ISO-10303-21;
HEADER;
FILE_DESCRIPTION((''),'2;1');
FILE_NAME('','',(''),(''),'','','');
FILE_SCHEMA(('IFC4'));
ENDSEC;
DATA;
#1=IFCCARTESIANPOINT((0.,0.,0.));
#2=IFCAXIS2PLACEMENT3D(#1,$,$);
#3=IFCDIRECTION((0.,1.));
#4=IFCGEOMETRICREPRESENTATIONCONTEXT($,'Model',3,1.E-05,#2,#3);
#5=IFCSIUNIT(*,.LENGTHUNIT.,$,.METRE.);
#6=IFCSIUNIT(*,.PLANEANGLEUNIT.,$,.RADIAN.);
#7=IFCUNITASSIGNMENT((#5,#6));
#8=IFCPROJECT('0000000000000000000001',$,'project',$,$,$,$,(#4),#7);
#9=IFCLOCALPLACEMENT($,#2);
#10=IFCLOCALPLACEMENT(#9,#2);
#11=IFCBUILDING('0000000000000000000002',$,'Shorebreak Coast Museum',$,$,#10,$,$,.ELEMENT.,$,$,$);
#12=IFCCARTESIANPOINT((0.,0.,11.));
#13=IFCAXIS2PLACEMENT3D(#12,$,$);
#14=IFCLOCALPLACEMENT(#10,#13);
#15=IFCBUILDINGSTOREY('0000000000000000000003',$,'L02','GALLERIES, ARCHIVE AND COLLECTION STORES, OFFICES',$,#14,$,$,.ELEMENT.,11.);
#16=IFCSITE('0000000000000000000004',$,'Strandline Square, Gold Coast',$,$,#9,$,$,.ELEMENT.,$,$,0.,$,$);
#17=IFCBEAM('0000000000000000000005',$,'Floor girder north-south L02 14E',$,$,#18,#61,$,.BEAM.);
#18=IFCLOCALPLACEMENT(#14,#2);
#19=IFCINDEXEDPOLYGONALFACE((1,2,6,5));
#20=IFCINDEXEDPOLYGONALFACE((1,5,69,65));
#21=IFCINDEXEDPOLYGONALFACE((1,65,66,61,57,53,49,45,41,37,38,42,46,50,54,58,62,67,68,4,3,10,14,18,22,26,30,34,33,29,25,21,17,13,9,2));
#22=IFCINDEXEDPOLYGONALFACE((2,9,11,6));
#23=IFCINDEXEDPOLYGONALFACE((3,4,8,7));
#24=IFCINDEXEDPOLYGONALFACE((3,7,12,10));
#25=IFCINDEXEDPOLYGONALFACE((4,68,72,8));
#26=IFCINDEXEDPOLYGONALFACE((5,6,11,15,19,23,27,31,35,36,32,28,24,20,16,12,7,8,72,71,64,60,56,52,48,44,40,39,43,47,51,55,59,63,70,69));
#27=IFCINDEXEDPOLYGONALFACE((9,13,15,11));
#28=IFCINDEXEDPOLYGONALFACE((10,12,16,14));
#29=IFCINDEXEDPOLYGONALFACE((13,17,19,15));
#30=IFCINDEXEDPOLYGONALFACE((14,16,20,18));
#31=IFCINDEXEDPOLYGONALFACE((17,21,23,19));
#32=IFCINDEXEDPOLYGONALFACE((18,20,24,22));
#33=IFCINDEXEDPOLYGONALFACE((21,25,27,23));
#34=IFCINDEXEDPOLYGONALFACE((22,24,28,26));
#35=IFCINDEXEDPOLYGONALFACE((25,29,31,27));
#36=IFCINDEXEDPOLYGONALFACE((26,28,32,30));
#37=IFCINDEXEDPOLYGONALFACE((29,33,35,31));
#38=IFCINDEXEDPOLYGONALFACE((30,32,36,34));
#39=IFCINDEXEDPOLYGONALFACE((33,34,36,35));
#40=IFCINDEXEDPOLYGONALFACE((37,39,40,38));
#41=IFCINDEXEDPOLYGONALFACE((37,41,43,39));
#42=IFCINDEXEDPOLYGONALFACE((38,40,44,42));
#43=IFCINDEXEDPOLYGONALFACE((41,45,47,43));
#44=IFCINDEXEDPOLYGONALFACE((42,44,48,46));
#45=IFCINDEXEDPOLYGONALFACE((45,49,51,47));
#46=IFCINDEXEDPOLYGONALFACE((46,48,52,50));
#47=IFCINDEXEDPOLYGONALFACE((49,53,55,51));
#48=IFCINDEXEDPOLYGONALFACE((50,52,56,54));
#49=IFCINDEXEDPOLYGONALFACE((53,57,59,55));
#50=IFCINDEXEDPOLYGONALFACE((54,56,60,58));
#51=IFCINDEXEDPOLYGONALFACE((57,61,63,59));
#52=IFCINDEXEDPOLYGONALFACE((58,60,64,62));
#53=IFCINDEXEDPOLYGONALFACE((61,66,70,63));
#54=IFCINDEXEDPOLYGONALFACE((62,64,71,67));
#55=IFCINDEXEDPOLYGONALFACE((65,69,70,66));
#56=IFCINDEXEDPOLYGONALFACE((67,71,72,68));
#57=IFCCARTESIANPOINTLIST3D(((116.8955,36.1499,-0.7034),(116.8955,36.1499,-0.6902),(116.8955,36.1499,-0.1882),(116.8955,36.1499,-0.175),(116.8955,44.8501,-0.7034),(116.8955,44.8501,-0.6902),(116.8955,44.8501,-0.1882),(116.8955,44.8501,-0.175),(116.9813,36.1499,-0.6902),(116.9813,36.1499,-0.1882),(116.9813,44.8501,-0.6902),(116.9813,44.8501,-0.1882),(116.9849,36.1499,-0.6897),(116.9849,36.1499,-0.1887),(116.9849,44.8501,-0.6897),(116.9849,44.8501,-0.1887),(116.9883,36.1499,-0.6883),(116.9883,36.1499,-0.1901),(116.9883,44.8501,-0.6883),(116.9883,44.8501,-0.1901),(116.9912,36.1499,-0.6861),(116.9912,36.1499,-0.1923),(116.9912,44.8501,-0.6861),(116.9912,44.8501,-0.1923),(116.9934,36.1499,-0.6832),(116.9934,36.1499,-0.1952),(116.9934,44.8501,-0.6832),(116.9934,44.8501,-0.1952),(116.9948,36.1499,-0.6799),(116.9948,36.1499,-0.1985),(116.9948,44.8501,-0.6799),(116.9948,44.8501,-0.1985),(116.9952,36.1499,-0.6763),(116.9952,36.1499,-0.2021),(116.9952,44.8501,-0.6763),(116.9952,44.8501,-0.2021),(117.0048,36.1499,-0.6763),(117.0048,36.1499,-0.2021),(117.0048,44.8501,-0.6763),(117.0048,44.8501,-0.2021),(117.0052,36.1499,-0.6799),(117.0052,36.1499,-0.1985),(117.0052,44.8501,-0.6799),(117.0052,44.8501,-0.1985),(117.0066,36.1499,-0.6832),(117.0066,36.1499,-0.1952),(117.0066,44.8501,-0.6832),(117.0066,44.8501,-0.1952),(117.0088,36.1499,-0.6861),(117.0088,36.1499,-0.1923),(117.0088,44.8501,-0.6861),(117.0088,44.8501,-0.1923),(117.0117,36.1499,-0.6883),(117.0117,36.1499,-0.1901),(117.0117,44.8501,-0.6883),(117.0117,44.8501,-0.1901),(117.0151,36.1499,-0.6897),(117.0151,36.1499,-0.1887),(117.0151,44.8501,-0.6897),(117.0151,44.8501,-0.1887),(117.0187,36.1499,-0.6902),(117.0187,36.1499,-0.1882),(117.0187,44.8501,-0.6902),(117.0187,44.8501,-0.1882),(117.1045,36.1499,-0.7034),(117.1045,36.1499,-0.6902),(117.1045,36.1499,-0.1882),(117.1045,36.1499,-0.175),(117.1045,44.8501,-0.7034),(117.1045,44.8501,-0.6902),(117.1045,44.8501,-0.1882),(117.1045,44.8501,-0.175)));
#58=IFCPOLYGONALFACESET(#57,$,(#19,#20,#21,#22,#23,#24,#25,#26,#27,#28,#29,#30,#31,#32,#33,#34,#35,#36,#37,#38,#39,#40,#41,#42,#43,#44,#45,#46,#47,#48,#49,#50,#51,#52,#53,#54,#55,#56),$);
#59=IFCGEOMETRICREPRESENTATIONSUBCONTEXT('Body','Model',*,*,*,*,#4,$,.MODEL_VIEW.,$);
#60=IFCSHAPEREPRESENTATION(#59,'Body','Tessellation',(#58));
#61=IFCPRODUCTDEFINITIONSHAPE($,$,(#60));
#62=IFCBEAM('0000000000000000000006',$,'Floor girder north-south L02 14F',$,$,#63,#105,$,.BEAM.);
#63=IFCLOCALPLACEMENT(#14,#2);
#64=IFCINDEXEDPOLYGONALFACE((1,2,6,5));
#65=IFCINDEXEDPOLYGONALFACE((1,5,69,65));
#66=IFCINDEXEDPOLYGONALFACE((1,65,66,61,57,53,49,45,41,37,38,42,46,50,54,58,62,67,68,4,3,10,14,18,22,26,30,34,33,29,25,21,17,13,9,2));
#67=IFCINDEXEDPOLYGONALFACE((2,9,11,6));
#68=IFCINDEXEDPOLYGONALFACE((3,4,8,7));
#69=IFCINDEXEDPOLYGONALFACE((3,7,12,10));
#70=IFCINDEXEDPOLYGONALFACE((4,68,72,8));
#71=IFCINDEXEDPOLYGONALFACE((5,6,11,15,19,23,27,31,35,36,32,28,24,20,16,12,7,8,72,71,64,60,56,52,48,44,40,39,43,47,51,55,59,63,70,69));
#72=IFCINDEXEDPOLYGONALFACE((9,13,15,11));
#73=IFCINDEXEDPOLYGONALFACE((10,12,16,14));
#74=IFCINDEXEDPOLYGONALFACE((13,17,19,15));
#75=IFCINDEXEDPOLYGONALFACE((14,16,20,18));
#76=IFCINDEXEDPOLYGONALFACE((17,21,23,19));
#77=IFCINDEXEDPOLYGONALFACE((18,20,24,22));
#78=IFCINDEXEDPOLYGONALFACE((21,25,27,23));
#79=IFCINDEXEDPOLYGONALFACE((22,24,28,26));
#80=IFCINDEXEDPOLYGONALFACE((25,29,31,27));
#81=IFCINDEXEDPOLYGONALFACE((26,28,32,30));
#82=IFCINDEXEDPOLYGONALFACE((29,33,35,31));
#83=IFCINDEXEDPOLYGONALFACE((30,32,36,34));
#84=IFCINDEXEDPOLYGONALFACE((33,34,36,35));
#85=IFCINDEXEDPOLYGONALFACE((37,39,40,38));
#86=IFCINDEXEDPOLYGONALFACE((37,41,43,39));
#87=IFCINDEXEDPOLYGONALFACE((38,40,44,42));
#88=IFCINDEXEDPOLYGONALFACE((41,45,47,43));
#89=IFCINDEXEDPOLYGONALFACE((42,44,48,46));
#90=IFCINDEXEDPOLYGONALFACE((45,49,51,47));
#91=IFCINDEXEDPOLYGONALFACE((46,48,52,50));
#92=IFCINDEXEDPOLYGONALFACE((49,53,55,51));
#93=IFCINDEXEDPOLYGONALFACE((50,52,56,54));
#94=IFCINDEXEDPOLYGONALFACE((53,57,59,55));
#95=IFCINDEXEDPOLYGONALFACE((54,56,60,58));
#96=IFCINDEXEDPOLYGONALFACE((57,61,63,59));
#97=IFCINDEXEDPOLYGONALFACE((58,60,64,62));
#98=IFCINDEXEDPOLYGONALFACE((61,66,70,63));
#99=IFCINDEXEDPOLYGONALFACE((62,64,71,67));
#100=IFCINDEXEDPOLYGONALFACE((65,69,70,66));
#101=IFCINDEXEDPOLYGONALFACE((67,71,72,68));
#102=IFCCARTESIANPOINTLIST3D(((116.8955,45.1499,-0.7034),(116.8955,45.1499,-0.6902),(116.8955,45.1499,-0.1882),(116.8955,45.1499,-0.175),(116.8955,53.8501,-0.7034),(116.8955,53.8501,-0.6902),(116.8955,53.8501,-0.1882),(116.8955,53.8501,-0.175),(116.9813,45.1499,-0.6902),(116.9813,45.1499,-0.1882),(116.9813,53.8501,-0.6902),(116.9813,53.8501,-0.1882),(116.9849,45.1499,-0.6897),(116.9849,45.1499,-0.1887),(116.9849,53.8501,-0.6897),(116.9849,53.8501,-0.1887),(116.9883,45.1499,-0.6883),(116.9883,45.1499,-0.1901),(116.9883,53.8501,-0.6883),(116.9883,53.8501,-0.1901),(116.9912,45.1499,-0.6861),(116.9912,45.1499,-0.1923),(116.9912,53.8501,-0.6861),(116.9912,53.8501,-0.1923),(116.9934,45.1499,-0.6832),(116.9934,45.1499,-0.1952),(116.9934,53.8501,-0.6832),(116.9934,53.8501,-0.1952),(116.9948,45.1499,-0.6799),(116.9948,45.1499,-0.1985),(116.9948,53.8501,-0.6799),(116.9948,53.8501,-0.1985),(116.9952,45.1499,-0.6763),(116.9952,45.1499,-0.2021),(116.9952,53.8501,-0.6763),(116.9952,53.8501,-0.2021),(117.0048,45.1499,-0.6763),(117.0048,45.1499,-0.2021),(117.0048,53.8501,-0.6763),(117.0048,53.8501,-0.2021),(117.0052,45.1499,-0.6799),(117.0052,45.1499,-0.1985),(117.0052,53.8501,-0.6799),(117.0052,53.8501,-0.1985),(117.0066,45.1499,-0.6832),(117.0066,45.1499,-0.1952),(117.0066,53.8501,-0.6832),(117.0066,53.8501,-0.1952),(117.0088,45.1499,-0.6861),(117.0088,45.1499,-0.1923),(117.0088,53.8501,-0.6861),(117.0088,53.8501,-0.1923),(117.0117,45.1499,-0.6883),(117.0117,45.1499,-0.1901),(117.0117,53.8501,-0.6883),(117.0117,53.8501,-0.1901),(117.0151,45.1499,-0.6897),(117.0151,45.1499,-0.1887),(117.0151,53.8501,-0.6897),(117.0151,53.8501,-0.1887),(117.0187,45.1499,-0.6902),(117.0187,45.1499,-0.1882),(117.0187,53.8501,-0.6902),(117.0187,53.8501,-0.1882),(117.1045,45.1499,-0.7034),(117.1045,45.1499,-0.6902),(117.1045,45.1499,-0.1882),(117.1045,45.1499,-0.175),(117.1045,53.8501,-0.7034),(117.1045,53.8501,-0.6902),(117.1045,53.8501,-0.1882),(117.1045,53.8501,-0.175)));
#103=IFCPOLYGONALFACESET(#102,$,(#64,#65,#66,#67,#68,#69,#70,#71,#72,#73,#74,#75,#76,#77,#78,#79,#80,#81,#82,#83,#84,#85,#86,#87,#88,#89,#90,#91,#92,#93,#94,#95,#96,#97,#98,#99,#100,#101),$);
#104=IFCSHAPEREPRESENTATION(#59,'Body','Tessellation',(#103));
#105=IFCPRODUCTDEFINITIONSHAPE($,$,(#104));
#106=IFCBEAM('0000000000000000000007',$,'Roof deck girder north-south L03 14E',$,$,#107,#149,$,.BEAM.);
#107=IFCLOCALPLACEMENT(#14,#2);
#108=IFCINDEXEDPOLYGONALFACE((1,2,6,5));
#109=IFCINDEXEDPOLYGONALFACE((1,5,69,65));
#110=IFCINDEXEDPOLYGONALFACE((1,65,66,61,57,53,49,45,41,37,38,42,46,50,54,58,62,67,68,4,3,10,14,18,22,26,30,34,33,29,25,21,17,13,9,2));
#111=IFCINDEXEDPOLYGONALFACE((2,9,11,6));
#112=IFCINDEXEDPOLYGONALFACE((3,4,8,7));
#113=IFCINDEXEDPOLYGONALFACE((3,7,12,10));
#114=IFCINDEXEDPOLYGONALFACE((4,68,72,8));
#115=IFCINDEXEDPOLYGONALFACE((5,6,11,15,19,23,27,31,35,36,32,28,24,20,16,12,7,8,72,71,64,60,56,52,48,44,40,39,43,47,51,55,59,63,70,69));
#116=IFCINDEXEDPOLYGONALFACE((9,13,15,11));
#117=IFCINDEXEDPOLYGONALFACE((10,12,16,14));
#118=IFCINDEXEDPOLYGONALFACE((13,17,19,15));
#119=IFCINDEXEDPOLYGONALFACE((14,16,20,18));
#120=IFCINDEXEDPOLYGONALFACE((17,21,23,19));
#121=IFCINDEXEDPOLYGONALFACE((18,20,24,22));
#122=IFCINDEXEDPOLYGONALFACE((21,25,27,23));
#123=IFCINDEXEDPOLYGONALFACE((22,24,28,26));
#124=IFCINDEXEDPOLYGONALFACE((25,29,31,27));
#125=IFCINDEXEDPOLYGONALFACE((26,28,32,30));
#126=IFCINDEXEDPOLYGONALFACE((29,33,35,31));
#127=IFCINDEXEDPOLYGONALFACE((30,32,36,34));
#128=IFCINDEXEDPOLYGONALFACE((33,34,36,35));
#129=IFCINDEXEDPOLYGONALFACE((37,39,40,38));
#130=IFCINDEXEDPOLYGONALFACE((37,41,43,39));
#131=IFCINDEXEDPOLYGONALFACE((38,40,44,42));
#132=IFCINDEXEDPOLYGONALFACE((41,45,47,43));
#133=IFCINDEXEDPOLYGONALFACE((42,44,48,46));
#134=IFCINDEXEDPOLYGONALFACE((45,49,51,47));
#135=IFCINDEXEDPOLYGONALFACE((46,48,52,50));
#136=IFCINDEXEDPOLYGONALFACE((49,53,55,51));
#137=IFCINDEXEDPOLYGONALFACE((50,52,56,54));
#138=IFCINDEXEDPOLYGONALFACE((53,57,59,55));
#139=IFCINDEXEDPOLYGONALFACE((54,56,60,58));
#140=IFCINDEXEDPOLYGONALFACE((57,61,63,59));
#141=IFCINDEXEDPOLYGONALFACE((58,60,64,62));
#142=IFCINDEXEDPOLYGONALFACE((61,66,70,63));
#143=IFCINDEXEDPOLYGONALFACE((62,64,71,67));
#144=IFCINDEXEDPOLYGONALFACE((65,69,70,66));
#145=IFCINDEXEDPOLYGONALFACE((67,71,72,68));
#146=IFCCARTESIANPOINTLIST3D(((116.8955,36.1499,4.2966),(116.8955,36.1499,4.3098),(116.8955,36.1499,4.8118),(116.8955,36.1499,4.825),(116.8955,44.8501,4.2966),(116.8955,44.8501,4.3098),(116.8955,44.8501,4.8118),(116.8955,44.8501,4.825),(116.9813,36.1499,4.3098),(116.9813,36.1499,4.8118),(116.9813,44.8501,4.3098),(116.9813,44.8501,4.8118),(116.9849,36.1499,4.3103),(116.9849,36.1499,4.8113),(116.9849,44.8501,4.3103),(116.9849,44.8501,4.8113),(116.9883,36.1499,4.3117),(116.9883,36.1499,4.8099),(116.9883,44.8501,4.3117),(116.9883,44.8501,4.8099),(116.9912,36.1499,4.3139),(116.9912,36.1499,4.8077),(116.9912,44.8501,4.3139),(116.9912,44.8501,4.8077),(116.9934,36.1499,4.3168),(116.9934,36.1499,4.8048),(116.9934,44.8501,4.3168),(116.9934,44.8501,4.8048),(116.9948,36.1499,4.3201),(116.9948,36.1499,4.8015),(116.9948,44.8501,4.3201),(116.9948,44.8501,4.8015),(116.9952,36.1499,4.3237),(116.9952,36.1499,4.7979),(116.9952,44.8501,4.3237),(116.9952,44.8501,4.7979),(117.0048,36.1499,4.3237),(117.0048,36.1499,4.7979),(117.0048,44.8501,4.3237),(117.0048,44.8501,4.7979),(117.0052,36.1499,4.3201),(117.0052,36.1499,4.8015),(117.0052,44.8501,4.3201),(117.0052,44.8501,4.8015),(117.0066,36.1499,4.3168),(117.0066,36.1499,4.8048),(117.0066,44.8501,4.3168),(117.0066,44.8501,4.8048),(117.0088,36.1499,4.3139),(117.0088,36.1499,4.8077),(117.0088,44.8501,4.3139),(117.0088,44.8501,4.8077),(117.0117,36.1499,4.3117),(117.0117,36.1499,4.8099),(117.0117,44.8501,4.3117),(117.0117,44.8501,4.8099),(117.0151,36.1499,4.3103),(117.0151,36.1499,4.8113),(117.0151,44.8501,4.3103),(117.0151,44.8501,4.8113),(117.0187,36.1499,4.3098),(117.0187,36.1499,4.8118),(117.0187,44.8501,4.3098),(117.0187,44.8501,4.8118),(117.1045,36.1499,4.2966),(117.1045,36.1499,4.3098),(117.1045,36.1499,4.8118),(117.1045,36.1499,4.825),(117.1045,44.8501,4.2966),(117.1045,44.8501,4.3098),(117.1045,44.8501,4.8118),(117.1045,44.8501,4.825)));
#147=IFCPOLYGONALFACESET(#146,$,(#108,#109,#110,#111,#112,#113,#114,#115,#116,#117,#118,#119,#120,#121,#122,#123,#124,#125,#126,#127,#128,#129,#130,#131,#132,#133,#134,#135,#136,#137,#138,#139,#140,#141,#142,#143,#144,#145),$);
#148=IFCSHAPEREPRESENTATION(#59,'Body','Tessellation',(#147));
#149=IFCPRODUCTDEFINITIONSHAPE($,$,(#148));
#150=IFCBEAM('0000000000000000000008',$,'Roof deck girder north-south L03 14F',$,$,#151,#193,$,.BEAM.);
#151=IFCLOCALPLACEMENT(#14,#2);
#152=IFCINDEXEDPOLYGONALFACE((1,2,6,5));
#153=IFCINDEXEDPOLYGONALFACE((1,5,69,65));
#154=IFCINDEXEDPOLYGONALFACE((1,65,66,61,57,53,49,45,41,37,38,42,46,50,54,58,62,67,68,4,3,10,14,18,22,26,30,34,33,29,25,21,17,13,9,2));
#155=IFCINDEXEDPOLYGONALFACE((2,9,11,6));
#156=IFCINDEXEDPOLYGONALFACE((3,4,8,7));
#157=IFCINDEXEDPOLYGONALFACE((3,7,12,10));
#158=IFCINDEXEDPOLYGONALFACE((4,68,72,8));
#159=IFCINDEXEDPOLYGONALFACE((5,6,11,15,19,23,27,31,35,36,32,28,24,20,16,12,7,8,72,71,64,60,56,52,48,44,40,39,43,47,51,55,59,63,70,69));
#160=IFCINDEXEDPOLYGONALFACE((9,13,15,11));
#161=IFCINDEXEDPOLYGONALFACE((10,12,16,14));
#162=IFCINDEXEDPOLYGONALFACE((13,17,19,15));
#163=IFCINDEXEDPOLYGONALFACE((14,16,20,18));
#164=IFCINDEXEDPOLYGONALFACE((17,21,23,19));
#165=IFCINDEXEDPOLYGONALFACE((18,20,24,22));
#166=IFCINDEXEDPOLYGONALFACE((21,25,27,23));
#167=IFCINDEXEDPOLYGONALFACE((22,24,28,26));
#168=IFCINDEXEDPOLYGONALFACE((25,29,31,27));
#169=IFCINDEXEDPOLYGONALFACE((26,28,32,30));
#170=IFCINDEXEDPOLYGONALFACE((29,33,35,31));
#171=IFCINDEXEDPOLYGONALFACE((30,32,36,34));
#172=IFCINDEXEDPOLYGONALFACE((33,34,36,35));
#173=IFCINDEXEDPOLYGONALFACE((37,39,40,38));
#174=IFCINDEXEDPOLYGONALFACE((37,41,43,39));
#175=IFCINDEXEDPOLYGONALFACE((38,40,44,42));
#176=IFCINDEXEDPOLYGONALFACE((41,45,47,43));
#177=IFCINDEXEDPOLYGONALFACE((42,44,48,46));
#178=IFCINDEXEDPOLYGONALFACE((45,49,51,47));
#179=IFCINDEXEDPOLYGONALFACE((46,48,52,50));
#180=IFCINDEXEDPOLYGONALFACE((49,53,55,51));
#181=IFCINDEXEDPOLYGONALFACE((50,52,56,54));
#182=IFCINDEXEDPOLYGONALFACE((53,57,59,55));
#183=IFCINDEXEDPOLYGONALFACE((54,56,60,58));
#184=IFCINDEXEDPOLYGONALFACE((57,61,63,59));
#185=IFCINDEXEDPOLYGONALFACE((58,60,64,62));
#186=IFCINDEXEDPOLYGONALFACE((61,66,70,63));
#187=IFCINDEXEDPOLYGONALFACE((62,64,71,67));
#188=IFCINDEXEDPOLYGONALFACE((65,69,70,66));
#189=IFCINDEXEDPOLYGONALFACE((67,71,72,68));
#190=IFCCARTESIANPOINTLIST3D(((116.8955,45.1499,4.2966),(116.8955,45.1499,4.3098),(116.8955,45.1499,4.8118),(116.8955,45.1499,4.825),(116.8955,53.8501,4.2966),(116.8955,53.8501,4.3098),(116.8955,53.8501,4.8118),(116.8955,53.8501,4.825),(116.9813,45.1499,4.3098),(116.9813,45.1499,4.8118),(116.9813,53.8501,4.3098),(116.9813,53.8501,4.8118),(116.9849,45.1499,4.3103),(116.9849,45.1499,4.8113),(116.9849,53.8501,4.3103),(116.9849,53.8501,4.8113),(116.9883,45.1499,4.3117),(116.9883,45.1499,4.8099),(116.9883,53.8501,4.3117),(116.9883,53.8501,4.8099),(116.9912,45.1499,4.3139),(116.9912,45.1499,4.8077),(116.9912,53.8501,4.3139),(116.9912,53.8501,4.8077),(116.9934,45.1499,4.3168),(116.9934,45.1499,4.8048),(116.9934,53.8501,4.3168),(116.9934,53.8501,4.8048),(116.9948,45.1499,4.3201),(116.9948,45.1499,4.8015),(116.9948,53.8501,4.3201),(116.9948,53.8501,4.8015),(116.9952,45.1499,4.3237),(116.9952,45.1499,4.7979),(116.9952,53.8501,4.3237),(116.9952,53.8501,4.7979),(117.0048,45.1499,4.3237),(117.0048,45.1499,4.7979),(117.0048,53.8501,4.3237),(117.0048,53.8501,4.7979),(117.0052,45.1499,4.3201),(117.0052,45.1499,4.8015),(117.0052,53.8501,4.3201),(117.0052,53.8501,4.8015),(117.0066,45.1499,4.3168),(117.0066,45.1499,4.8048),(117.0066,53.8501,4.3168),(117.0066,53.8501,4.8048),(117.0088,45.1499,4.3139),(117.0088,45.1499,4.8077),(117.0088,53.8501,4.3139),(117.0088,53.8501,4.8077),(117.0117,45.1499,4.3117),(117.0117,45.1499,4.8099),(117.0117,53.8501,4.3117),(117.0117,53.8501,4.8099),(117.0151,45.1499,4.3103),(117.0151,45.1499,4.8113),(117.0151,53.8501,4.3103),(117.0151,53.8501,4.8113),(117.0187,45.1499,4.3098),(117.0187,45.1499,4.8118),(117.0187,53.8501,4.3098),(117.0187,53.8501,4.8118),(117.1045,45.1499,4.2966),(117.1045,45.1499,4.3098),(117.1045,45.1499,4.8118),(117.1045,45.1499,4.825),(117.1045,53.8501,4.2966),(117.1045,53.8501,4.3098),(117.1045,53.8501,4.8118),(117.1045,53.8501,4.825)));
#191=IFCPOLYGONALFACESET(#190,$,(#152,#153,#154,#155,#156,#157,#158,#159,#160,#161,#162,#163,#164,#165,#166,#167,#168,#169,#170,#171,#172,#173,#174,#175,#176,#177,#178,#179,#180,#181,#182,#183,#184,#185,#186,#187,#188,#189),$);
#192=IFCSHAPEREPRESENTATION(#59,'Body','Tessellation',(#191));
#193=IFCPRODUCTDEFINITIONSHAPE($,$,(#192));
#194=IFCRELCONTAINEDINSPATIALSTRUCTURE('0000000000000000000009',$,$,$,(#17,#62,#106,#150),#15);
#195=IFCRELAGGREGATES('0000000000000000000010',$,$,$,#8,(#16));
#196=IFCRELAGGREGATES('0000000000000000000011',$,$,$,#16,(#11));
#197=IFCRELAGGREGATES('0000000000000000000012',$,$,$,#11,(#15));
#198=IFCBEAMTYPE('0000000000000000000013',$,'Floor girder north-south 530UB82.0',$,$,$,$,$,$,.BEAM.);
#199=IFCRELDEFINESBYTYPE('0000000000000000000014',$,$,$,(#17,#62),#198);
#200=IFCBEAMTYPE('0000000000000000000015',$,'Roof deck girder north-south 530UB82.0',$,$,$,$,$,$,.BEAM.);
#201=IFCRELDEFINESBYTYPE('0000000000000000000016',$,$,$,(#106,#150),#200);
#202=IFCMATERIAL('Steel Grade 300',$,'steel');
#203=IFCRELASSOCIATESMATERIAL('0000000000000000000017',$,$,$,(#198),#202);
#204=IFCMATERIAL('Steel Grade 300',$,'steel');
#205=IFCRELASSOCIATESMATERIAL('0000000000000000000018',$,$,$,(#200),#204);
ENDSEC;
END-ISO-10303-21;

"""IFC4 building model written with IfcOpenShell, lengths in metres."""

from ifc_helpers import new_model, si_unit, direction, frame, origin, origin_2d, place, context, subcontext, project, spatial, i_section, extrude, material, material_profile, profile_set, type_object, element, save


model = new_model("IFC4")

# Units and contexts
model_context = context("Model", 3, precision=1e-05, world=origin(), true_north=direction((0.0, 1.0)))
body_context = subcontext(model_context, "Body", "Model", "MODEL_VIEW")
ifc_project = project(units=[si_unit("LENGTHUNIT", "METRE"), si_unit("PLANEANGLEUNIT", "RADIAN")], contexts=[model_context])

# Site, building, storey
site_placement = place(None, origin())
site = spatial("IfcSite", under=ifc_project, at=site_placement, Name="Strandline Square, Gold Coast", CompositionType="ELEMENT", RefElevation=0.0)
building_placement = place(site_placement, origin())
building = spatial("IfcBuilding", under=site, at=building_placement, Name="Shorebreak Coast Museum", CompositionType="ELEMENT")
storey_placement = place(building_placement, frame((0.0, 0.0, 11.0)))
storey = spatial("IfcBuildingStorey", under=building, at=storey_placement, Name="L02", Description="GALLERIES, ARCHIVE AND COLLECTION STORES, OFFICES", CompositionType="ELEMENT", Elevation=11.0)

# Beams
ifc_material_1 = material(Name="Steel Grade 300", Category="steel")
ifc_material_profile_1 = material_profile(ifc_material_1, i_section(OverallWidth=0.209, OverallDepth=0.5283, WebThickness=0.0095, FlangeThickness=0.0132, FilletRadius=0.0139, at=origin_2d()), Name="530UB82.0")
ifc_profile_set_1 = profile_set([ifc_material_profile_1], Name="Steel Grade 300")
beam_type_1 = type_object("IfcBeamType", Name="Floor girder north-south 530UB82.0", PredefinedType="BEAM", material=ifc_profile_set_1)
for number, where, z_axis, x_axis, name in (
    (1, (117.0, 36.1499, -0.4392), (0.0, 1.0, 0.0), (-1.0, 0.0, 0.0), "Floor girder north-south L02 14E"),
    (2, (117.0, 45.1499, -0.4392), (0.0, 1.0, 0.0), (-1.0, 0.0, 0.0), "Floor girder north-south L02 14F"),
):
    element("IfcBeam", number, at=place(storey_placement, frame(where, z_axis=z_axis, x_axis=x_axis)), inside=storey, type_object=beam_type_1, Name=name, PredefinedType="BEAM", context=body_context, shape_type="SweptSolid", body=[
        extrude(i_section(OverallWidth=0.209, OverallDepth=0.5283, WebThickness=0.0095, FlangeThickness=0.0132, FilletRadius=0.0139, at=origin_2d()), origin(), (0.0, 0.0, 1.0), 8.7002),
    ])
ifc_material_2 = material(Name="Steel Grade 300", Category="steel")
ifc_material_profile_2 = material_profile(ifc_material_2, i_section(OverallWidth=0.209, OverallDepth=0.5283, WebThickness=0.0095, FlangeThickness=0.0132, FilletRadius=0.0139, at=origin_2d()), Name="530UB82.0")
ifc_profile_set_2 = profile_set([ifc_material_profile_2], Name="Steel Grade 300")
beam_type_2 = type_object("IfcBeamType", Name="Roof deck girder north-south 530UB82.0", PredefinedType="BEAM", material=ifc_profile_set_2)
for number, where, z_axis, x_axis, name in (
    (3, (117.0, 36.1499, 4.5608), (0.0, 1.0, 0.0), (-1.0, 0.0, 0.0), "Roof deck girder north-south L03 14E"),
    (4, (117.0, 45.1499, 4.5608), (0.0, 1.0, 0.0), (-1.0, 0.0, 0.0), "Roof deck girder north-south L03 14F"),
):
    element("IfcBeam", number, at=place(storey_placement, frame(where, z_axis=z_axis, x_axis=x_axis)), inside=storey, type_object=beam_type_2, Name=name, PredefinedType="BEAM", context=body_context, shape_type="SweptSolid", body=[
        extrude(i_section(OverallWidth=0.209, OverallDepth=0.5283, WebThickness=0.0095, FlangeThickness=0.0132, FilletRadius=0.0139, at=origin_2d()), origin(), (0.0, 0.0, 1.0), 8.7002),
    ])

save(model, "model.ifc")
